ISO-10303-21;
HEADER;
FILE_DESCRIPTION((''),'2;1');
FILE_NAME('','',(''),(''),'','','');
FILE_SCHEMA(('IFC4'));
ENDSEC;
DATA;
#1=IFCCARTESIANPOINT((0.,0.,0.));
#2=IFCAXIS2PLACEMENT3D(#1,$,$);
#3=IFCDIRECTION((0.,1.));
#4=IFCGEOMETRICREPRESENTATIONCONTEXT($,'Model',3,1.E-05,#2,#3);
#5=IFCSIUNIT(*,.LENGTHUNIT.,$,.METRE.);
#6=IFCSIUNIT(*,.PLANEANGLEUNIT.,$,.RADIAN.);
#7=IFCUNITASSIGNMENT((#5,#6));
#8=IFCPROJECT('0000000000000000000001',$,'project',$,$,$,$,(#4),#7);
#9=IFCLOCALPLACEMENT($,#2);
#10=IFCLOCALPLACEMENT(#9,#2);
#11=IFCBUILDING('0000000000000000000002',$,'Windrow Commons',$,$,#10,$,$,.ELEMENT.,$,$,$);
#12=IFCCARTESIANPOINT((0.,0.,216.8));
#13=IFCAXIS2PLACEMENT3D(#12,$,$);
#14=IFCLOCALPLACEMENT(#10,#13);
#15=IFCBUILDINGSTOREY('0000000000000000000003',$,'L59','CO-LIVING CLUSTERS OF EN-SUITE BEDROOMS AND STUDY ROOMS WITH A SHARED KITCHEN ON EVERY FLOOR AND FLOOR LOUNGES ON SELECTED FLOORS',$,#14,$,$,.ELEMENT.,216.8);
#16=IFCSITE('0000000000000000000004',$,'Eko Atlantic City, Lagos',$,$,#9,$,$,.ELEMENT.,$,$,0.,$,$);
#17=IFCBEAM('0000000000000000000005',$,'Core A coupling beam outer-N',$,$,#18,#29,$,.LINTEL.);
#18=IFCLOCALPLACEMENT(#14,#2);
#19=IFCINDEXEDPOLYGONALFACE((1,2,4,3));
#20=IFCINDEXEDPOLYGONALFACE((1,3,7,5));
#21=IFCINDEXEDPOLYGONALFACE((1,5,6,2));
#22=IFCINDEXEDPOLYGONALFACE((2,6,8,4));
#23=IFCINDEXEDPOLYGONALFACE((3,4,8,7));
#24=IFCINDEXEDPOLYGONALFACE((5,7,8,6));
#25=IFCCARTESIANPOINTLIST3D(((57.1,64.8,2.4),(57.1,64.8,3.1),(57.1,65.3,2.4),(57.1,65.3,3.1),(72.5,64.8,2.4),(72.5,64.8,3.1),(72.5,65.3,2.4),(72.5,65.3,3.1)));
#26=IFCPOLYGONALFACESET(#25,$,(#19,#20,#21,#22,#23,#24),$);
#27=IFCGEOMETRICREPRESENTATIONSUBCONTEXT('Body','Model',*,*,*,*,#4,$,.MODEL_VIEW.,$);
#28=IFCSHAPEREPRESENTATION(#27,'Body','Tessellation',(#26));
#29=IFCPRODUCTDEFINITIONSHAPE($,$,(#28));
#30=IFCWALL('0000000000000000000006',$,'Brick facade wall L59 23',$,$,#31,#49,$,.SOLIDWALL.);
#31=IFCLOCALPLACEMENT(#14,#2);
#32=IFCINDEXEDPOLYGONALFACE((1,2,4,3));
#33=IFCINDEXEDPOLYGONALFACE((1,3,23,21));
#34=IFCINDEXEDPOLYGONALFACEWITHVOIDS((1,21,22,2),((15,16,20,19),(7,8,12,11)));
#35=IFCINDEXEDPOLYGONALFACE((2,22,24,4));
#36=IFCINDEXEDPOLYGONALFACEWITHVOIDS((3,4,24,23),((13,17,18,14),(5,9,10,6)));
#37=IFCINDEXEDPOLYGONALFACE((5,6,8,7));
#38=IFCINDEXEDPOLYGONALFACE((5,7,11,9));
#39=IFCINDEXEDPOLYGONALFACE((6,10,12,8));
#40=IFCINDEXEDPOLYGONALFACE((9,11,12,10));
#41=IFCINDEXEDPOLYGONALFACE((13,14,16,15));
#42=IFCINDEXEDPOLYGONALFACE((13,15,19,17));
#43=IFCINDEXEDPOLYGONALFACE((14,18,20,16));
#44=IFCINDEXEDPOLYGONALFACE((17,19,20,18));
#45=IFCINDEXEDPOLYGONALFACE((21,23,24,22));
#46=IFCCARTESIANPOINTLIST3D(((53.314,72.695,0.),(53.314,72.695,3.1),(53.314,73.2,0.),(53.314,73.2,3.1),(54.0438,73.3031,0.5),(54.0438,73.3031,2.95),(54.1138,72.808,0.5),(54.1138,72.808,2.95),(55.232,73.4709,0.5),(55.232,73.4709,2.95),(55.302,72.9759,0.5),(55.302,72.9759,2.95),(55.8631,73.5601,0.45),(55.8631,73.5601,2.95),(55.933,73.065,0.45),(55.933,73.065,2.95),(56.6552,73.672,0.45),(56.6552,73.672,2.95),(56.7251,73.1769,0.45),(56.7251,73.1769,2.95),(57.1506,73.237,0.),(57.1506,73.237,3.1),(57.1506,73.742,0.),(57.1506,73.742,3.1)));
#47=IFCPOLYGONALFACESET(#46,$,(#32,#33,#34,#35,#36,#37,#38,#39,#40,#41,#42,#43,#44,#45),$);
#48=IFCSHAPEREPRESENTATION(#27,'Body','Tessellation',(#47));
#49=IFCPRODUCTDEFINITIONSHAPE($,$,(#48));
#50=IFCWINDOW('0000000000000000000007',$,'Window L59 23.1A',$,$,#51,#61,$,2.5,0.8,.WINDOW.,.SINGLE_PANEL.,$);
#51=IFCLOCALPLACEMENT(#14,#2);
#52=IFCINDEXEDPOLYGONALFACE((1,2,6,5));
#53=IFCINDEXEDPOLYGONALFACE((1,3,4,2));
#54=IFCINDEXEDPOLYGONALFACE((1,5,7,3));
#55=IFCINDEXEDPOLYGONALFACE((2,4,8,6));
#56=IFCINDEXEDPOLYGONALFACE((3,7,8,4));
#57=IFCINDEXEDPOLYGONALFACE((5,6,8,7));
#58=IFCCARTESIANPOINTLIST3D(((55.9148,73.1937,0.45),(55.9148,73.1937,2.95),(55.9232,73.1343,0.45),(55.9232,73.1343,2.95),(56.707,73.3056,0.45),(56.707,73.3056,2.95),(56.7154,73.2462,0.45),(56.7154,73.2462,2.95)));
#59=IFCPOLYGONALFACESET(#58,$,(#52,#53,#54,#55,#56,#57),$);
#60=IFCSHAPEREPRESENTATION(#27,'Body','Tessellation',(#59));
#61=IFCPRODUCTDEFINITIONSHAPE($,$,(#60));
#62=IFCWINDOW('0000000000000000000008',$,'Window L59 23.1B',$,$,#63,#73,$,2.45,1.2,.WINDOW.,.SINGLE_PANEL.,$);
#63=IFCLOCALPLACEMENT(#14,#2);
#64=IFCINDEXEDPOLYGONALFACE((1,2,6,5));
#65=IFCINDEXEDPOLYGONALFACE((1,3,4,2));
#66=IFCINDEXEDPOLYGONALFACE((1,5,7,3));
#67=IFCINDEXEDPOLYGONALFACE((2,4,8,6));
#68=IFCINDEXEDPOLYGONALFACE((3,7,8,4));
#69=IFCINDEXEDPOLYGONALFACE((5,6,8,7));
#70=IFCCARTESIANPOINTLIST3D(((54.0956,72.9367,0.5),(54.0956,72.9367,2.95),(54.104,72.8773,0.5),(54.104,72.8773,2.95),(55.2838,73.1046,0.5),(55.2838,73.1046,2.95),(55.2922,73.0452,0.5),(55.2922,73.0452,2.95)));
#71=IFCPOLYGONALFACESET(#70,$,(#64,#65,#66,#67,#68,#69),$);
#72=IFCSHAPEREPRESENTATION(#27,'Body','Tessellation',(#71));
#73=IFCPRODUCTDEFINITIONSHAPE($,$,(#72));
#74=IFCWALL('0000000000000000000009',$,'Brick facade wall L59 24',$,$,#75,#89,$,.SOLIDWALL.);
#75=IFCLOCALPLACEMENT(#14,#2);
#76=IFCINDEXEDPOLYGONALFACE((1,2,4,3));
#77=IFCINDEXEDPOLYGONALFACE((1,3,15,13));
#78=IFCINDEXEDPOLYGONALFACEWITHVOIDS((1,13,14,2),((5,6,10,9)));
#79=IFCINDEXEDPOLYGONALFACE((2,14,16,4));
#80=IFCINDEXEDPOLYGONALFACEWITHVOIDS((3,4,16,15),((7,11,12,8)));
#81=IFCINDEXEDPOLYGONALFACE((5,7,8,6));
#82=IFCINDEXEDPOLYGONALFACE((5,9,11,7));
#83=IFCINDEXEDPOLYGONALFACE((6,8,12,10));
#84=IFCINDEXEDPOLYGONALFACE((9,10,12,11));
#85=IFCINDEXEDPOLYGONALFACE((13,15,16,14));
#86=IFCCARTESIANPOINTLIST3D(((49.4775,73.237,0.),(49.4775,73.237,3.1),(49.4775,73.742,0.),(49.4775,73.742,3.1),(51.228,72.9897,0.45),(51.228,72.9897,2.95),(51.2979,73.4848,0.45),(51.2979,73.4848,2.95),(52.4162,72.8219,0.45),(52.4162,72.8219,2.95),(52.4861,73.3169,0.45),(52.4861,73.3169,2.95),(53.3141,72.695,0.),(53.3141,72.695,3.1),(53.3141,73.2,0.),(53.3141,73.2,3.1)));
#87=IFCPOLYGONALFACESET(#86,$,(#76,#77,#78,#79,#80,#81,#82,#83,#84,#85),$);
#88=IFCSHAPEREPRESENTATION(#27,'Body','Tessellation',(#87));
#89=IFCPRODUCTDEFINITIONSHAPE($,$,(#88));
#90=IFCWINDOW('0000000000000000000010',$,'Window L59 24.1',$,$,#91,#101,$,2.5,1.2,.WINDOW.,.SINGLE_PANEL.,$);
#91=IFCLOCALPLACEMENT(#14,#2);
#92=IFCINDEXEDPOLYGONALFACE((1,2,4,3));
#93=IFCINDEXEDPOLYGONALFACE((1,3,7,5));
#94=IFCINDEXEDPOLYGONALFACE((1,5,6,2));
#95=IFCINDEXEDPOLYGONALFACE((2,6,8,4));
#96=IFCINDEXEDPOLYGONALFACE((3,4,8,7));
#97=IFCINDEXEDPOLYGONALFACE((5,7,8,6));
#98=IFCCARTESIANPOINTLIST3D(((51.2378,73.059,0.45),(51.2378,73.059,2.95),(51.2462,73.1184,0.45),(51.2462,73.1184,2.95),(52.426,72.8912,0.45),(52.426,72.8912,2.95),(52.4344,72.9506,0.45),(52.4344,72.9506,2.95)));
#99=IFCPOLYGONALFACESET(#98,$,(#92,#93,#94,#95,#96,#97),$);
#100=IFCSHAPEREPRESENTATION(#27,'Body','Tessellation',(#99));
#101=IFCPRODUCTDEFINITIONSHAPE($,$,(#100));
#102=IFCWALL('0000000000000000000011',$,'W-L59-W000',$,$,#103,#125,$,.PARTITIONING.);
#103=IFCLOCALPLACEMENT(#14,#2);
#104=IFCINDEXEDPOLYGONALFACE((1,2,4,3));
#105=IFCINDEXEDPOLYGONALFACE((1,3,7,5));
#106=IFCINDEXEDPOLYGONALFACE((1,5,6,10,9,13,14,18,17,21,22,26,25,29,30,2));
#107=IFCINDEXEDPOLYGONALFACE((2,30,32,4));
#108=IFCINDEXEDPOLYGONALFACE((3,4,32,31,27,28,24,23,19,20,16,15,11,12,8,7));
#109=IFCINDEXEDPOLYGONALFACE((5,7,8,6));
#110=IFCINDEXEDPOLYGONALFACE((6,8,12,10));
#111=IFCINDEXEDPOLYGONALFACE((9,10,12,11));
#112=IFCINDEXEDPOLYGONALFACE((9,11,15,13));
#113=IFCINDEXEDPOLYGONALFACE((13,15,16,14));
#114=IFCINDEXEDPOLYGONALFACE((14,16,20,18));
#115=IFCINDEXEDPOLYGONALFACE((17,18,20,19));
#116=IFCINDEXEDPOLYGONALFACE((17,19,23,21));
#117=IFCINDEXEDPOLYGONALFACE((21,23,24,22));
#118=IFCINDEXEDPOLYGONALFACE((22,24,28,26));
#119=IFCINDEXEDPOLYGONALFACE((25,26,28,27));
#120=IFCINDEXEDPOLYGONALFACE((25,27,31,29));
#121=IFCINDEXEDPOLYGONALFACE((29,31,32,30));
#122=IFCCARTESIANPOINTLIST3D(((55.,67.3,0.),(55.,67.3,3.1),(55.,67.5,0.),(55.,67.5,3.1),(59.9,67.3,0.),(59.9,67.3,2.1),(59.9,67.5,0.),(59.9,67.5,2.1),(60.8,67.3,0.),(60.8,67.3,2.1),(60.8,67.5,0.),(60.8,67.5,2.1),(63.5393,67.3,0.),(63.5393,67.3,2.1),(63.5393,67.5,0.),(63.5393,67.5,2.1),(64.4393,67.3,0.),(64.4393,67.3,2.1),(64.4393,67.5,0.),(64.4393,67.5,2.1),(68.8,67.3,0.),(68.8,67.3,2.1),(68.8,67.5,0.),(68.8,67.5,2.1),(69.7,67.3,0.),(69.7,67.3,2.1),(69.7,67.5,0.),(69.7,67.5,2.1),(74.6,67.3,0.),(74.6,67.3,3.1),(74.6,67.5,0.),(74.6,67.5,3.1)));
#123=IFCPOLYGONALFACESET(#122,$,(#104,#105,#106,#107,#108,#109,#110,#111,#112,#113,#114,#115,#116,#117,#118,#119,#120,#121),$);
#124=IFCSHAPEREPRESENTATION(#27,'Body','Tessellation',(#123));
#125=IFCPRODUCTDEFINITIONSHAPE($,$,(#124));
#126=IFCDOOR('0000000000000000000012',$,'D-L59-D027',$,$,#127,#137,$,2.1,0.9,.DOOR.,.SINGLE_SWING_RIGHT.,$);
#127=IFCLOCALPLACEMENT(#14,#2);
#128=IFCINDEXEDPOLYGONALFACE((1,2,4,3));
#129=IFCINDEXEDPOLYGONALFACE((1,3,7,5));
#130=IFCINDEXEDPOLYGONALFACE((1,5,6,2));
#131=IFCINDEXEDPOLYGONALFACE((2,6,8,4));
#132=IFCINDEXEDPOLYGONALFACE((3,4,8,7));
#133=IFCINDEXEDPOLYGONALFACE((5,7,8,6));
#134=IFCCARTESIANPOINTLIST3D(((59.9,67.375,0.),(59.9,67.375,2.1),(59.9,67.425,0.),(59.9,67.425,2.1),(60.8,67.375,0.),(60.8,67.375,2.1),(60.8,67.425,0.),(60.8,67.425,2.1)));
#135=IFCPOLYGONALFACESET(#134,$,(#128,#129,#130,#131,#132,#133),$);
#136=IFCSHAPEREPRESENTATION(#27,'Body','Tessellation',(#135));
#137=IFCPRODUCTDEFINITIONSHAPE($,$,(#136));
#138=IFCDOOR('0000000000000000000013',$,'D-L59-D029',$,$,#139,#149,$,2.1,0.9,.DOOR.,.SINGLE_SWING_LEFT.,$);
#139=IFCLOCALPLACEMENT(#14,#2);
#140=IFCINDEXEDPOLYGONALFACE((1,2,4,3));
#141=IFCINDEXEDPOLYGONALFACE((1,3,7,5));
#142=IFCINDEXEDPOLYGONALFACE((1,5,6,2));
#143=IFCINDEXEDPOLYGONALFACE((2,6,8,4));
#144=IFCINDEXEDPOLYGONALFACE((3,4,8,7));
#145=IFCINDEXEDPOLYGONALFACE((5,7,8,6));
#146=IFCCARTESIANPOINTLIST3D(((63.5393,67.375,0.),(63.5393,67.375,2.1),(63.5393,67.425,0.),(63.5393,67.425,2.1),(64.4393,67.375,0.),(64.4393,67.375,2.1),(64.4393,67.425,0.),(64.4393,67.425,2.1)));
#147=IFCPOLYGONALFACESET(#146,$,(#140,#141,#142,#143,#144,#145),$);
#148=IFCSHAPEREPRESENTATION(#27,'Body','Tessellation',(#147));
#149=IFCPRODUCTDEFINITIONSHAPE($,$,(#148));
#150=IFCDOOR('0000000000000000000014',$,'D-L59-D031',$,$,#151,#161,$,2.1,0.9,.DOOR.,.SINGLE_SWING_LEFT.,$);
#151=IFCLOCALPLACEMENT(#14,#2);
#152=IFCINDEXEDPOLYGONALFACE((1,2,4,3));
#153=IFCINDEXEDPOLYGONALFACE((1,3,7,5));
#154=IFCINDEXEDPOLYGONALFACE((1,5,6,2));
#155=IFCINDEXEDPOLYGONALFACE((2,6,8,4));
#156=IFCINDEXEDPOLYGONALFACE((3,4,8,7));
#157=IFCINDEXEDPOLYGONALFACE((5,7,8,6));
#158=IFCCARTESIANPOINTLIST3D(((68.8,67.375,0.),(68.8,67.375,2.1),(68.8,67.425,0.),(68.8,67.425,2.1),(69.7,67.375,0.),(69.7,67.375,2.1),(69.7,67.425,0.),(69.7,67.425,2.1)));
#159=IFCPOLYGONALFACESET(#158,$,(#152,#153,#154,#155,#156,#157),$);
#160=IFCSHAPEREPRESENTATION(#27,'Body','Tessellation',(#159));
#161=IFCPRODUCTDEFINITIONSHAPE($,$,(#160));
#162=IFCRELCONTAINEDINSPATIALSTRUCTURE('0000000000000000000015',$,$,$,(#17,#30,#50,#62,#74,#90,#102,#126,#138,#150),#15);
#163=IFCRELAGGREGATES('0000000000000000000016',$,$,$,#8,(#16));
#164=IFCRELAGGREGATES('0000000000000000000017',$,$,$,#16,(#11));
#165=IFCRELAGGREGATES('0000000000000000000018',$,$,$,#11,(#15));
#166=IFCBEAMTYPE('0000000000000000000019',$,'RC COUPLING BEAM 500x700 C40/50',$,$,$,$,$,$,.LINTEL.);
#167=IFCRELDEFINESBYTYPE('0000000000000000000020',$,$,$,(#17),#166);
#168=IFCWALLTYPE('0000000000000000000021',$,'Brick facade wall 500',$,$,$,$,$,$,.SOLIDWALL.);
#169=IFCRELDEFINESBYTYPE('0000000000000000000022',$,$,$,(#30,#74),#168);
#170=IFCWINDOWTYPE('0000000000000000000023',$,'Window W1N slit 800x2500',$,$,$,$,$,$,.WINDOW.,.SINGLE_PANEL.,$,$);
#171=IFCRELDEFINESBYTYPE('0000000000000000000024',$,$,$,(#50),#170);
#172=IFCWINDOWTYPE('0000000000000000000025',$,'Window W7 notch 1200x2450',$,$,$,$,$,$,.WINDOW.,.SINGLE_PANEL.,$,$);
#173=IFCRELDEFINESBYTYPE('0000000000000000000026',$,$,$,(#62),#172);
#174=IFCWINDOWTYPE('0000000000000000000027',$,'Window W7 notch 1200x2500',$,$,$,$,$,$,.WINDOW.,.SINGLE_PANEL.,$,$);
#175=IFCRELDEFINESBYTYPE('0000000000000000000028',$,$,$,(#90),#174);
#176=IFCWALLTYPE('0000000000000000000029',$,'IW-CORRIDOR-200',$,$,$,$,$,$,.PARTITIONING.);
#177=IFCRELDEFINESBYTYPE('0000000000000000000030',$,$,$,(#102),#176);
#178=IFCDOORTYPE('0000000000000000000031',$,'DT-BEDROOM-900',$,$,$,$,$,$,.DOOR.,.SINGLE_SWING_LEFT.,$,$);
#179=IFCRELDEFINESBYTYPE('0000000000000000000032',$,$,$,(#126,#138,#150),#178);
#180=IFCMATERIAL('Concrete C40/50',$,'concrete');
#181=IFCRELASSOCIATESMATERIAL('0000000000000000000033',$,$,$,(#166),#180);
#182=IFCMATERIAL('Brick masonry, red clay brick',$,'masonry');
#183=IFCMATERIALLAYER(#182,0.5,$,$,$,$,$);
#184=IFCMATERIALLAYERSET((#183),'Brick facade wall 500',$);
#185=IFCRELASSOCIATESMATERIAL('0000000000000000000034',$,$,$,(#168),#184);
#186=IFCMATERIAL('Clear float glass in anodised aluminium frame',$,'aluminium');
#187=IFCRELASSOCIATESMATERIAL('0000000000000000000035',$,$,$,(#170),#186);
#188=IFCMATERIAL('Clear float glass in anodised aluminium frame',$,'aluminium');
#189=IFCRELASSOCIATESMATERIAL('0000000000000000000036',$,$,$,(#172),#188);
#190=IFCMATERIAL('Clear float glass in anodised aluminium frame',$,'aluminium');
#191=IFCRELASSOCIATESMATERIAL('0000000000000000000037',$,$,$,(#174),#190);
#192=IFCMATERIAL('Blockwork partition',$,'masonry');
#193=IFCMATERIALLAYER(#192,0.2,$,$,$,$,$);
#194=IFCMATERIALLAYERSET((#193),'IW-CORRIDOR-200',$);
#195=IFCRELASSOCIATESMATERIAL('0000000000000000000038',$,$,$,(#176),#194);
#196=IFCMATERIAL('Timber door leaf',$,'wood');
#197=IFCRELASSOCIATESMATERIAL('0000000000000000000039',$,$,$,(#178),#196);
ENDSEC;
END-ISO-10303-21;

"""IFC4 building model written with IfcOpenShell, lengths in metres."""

from ifc_helpers import new_model, si_unit, direction, frame, frame_2d, origin, origin_2d, place, context, subcontext, project, spatial, polyline, rectangle, outline, extrude, material, layer, layer_set, material_profile, profile_set, type_object, element, fill, save


model = new_model("IFC4")

# Units and contexts
model_context = context("Model", 3, precision=1e-05, world=origin(), true_north=direction((0.0, 1.0)))
body_context = subcontext(model_context, "Body", "Model", "MODEL_VIEW")
ifc_project = project(units=[si_unit("LENGTHUNIT", "METRE"), si_unit("PLANEANGLEUNIT", "RADIAN")], contexts=[model_context])

# Site, building, storey
site_placement = place(None, origin())
site = spatial("IfcSite", under=ifc_project, at=site_placement, Name="Eko Atlantic City, Lagos", CompositionType="ELEMENT", RefElevation=0.0)
building_placement = place(site_placement, origin())
building = spatial("IfcBuilding", under=site, at=building_placement, Name="Windrow Commons", CompositionType="ELEMENT")
storey_placement = place(building_placement, frame((0.0, 0.0, 216.8)))
storey = spatial("IfcBuildingStorey", under=building, at=storey_placement, Name="L59", Description="CO-LIVING CLUSTERS OF EN-SUITE BEDROOMS AND STUDY ROOMS WITH A SHARED KITCHEN ON EVERY FLOOR AND FLOOR LOUNGES ON SELECTED FLOORS", CompositionType="ELEMENT", Elevation=216.8)

# Beam
ifc_material_1 = material(Name="Concrete C40/50", Category="concrete")
ifc_material_profile = material_profile(ifc_material_1, rectangle(XDim=0.5, YDim=0.7, at=origin_2d()))
ifc_profile_set = profile_set([ifc_material_profile], Name="Concrete C40/50")
beam_type = type_object("IfcBeamType", Name="RC COUPLING BEAM 500x700 C40/50", PredefinedType="LINTEL", material=ifc_profile_set)
beam_placement = place(storey_placement, frame((57.1, 65.05, 2.75), z_axis=(1.0, 0.0, 0.0), x_axis=(0.0, 1.0, 0.0)))
element("IfcBeam", 1, at=beam_placement, inside=storey, type_object=beam_type, Name="Core A coupling beam outer-N", PredefinedType="LINTEL", context=body_context, shape_type="SweptSolid", body=[
    extrude(rectangle(XDim=0.5, YDim=0.7, at=origin_2d()), origin(), (0.0, 0.0, 1.0), 15.4),
])

# Wall, openings, windows
ifc_material_2 = material(Name="Brick masonry, red clay brick", Category="masonry")
ifc_layer_1 = layer(ifc_material_2, 0.5)
ifc_layer_set_1 = layer_set([ifc_layer_1], Name="Brick facade wall 500")
wall_type_1 = type_object("IfcWallType", Name="Brick facade wall 500", PredefinedType="SOLIDWALL", material=ifc_layer_set_1)
wall_1_placement = place(storey_placement, frame((57.1506, 73.4895, 0.0), z_axis=(0.0, 0.0, 1.0), x_axis=(-0.990168, -0.139886, 0.0)))
wall_1 = element("IfcWall", 2, at=wall_1_placement, inside=storey, type_object=wall_type_1, Name="Brick facade wall L59 23", PredefinedType="SOLIDWALL", context=body_context, shape_type="SweptSolid", body=[
    extrude(outline(polyline([(-0.0353, -0.25), (3.8394, -0.25), (3.91, 0.25), (0.0353, 0.25), (-0.0353, -0.25)])), origin(), (0.0, 0.0, 1.0), 3.1),
])
opening_1_placement = place(wall_1_placement, frame((0.465, 0.0, 0.45)))
opening_1 = element("IfcOpeningElement", 3, at=opening_1_placement, cuts=wall_1, PredefinedType="OPENING", context=body_context, shape_type="SweptSolid", body=[
    extrude(rectangle(XDim=0.8, YDim=2.5, at=frame_2d((0.4, 1.25))), frame((0.0, 0.26, 0.0), z_axis=(0.0, -1.0, 0.0), x_axis=(1.0, 0.0, 0.0)), (0.0, 0.0, 1.0), 0.52),
])
opening_2_placement = place(wall_1_placement, frame((1.9023, 0.0, 0.5)))
opening_2 = element("IfcOpeningElement", 4, at=opening_2_placement, cuts=wall_1, PredefinedType="OPENING", context=body_context, shape_type="SweptSolid", body=[
    extrude(rectangle(XDim=1.2, YDim=2.45, at=frame_2d((0.6, 1.225))), frame((0.0, 0.26, 0.0), z_axis=(0.0, -1.0, 0.0), x_axis=(1.0, 0.0, 0.0)), (0.0, 0.0, 1.0), 0.52),
])
ifc_material_3 = material(Name="Clear float glass in anodised aluminium frame", Category="aluminium")
window_type_1 = type_object("IfcWindowType", Name="Window W1N slit 800x2500", PartitioningType="SINGLE_PANEL", PredefinedType="WINDOW", material=ifc_material_3)
window_1_placement = place(opening_1_placement, origin())
window_1 = element("IfcWindow", 5, at=window_1_placement, inside=storey, type_object=window_type_1, Name="Window L59 23.1A", OverallHeight=2.5, OverallWidth=0.8, PartitioningType="SINGLE_PANEL", PredefinedType="WINDOW", context=body_context, shape_type="SweptSolid", body=[
    extrude(rectangle(XDim=0.8, YDim=2.5, at=frame_2d((0.4, 1.25))), frame((0.0, 0.18, 0.0), z_axis=(0.0, -1.0, 0.0), x_axis=(1.0, 0.0, 0.0)), (0.0, 0.0, 1.0), 0.06),
])
fill(opening_1, window_1)
ifc_material_4 = material(Name="Clear float glass in anodised aluminium frame", Category="aluminium")
window_type_2 = type_object("IfcWindowType", Name="Window W7 notch 1200x2450", PartitioningType="SINGLE_PANEL", PredefinedType="WINDOW", material=ifc_material_4)
window_2_placement = place(opening_2_placement, origin())
window_2 = element("IfcWindow", 6, at=window_2_placement, inside=storey, type_object=window_type_2, Name="Window L59 23.1B", OverallHeight=2.45, OverallWidth=1.2, PartitioningType="SINGLE_PANEL", PredefinedType="WINDOW", context=body_context, shape_type="SweptSolid", body=[
    extrude(rectangle(XDim=1.2, YDim=2.45, at=frame_2d((0.6, 1.225))), frame((0.0, 0.18, 0.0), z_axis=(0.0, -1.0, 0.0), x_axis=(1.0, 0.0, 0.0)), (0.0, 0.0, 1.0), 0.06),
])
fill(opening_2, window_2)

# Wall, opening, window
wall_2_placement = place(storey_placement, frame((53.3141, 72.9475, 0.0), z_axis=(0.0, 0.0, 1.0), x_axis=(-0.990168, 0.139882, 0.0)))
wall_2 = element("IfcWall", 7, at=wall_2_placement, inside=storey, type_object=wall_type_1, Name="Brick facade wall L59 24", PredefinedType="SOLIDWALL", context=body_context, shape_type="SweptSolid", body=[
    extrude(outline(polyline([(0.0353, -0.25), (3.91, -0.25), (3.8394, 0.25), (-0.0353, 0.25), (0.0353, -0.25)])), origin(), (0.0, 0.0, 1.0), 3.1),
])
opening_3_placement = place(wall_2_placement, frame((0.8715, 0.0, 0.45)))
opening_3 = element("IfcOpeningElement", 8, at=opening_3_placement, cuts=wall_2, PredefinedType="OPENING", context=body_context, shape_type="SweptSolid", body=[
    extrude(rectangle(XDim=1.2, YDim=2.5, at=frame_2d((0.6, 1.25))), frame((0.0, 0.26, 0.0), z_axis=(0.0, -1.0, 0.0), x_axis=(1.0, 0.0, 0.0)), (0.0, 0.0, 1.0), 0.52),
])
ifc_material_5 = material(Name="Clear float glass in anodised aluminium frame", Category="aluminium")
window_type_3 = type_object("IfcWindowType", Name="Window W7 notch 1200x2500", PartitioningType="SINGLE_PANEL", PredefinedType="WINDOW", material=ifc_material_5)
window_3_placement = place(opening_3_placement, origin())
window_3 = element("IfcWindow", 9, at=window_3_placement, inside=storey, type_object=window_type_3, Name="Window L59 24.1", OverallHeight=2.5, OverallWidth=1.2, PartitioningType="SINGLE_PANEL", PredefinedType="WINDOW", context=body_context, shape_type="SweptSolid", body=[
    extrude(rectangle(XDim=1.2, YDim=2.5, at=frame_2d((0.6, 1.25))), frame((0.0, 0.18, 0.0), z_axis=(0.0, -1.0, 0.0), x_axis=(1.0, 0.0, 0.0)), (0.0, 0.0, 1.0), 0.06),
])
fill(opening_3, window_3)

# Wall, openings, doors
ifc_material_6 = material(Name="Blockwork partition", Category="masonry")
ifc_layer_2 = layer(ifc_material_6, 0.2)
ifc_layer_set_2 = layer_set([ifc_layer_2], Name="IW-CORRIDOR-200")
wall_type_2 = type_object("IfcWallType", Name="IW-CORRIDOR-200", PredefinedType="PARTITIONING", material=ifc_layer_set_2)
wall_3_placement = place(storey_placement, frame((55.0, 67.4, 0.0), z_axis=(0.0, 0.0, 1.0), x_axis=(1.0, 0.0, 0.0)))
wall_3 = element("IfcWall", 10, at=wall_3_placement, inside=storey, type_object=wall_type_2, Name="W-L59-W000", PredefinedType="PARTITIONING", context=body_context, shape_type="SweptSolid", body=[
    extrude(rectangle(XDim=19.6, YDim=0.2, at=frame_2d((9.8, 0.0))), origin(), (0.0, 0.0, 1.0), 3.1),
])
opening_4_placement = place(wall_3_placement, frame((4.9, 0.0, 0.0)))
opening_4 = element("IfcOpeningElement", 11, at=opening_4_placement, cuts=wall_3, PredefinedType="OPENING", context=body_context, shape_type="SweptSolid", body=[
    extrude(rectangle(XDim=0.9, YDim=2.1, at=frame_2d((0.45, 1.05))), frame((0.0, 0.11, 0.0), z_axis=(0.0, -1.0, 0.0), x_axis=(1.0, 0.0, 0.0)), (0.0, 0.0, 1.0), 0.22),
])
opening_5_placement = place(wall_3_placement, frame((8.5393, 0.0, 0.0)))
opening_5 = element("IfcOpeningElement", 12, at=opening_5_placement, cuts=wall_3, PredefinedType="OPENING", context=body_context, shape_type="SweptSolid", body=[
    extrude(rectangle(XDim=0.9, YDim=2.1, at=frame_2d((0.45, 1.05))), frame((0.0, 0.11, 0.0), z_axis=(0.0, -1.0, 0.0), x_axis=(1.0, 0.0, 0.0)), (0.0, 0.0, 1.0), 0.22),
])
opening_6_placement = place(wall_3_placement, frame((13.8, 0.0, 0.0)))
opening_6 = element("IfcOpeningElement", 13, at=opening_6_placement, cuts=wall_3, PredefinedType="OPENING", context=body_context, shape_type="SweptSolid", body=[
    extrude(rectangle(XDim=0.9, YDim=2.1, at=frame_2d((0.45, 1.05))), frame((0.0, 0.11, 0.0), z_axis=(0.0, -1.0, 0.0), x_axis=(1.0, 0.0, 0.0)), (0.0, 0.0, 1.0), 0.22),
])
ifc_material_7 = material(Name="Timber door leaf", Category="wood")
door_type_1 = type_object("IfcDoorType", Name="DT-BEDROOM-900", OperationType="SINGLE_SWING_LEFT", PredefinedType="DOOR", material=ifc_material_7)
door_1_placement = place(opening_4_placement, origin())
door_1 = element("IfcDoor", 14, at=door_1_placement, inside=storey, type_object=door_type_1, Name="D-L59-D027", OperationType="SINGLE_SWING_RIGHT", OverallHeight=2.1, OverallWidth=0.9, PredefinedType="DOOR", context=body_context, shape_type="SweptSolid", body=[
    extrude(rectangle(XDim=0.9, YDim=2.1, at=frame_2d((0.45, 1.05))), frame((0.0, 0.025, 0.0), z_axis=(0.0, -1.0, 0.0), x_axis=(1.0, 0.0, 0.0)), (0.0, 0.0, 1.0), 0.05),
])
fill(opening_4, door_1)
door_2_placement = place(opening_5_placement, origin())
door_2 = element("IfcDoor", 15, at=door_2_placement, inside=storey, type_object=door_type_1, Name="D-L59-D029", OperationType="SINGLE_SWING_LEFT", OverallHeight=2.1, OverallWidth=0.9, PredefinedType="DOOR", context=body_context, shape_type="SweptSolid", body=[
    extrude(rectangle(XDim=0.9, YDim=2.1, at=frame_2d((0.45, 1.05))), frame((0.0, 0.025, 0.0), z_axis=(0.0, -1.0, 0.0), x_axis=(1.0, 0.0, 0.0)), (0.0, 0.0, 1.0), 0.05),
])
fill(opening_5, door_2)
door_3_placement = place(opening_6_placement, origin())
door_3 = element("IfcDoor", 16, at=door_3_placement, inside=storey, type_object=door_type_1, Name="D-L59-D031", OperationType="SINGLE_SWING_LEFT", OverallHeight=2.1, OverallWidth=0.9, PredefinedType="DOOR", context=body_context, shape_type="SweptSolid", body=[
    extrude(rectangle(XDim=0.9, YDim=2.1, at=frame_2d((0.45, 1.05))), frame((0.0, 0.025, 0.0), z_axis=(0.0, -1.0, 0.0), x_axis=(1.0, 0.0, 0.0)), (0.0, 0.0, 1.0), 0.05),
])
fill(opening_6, door_3)

save(model, "model.ifc")
